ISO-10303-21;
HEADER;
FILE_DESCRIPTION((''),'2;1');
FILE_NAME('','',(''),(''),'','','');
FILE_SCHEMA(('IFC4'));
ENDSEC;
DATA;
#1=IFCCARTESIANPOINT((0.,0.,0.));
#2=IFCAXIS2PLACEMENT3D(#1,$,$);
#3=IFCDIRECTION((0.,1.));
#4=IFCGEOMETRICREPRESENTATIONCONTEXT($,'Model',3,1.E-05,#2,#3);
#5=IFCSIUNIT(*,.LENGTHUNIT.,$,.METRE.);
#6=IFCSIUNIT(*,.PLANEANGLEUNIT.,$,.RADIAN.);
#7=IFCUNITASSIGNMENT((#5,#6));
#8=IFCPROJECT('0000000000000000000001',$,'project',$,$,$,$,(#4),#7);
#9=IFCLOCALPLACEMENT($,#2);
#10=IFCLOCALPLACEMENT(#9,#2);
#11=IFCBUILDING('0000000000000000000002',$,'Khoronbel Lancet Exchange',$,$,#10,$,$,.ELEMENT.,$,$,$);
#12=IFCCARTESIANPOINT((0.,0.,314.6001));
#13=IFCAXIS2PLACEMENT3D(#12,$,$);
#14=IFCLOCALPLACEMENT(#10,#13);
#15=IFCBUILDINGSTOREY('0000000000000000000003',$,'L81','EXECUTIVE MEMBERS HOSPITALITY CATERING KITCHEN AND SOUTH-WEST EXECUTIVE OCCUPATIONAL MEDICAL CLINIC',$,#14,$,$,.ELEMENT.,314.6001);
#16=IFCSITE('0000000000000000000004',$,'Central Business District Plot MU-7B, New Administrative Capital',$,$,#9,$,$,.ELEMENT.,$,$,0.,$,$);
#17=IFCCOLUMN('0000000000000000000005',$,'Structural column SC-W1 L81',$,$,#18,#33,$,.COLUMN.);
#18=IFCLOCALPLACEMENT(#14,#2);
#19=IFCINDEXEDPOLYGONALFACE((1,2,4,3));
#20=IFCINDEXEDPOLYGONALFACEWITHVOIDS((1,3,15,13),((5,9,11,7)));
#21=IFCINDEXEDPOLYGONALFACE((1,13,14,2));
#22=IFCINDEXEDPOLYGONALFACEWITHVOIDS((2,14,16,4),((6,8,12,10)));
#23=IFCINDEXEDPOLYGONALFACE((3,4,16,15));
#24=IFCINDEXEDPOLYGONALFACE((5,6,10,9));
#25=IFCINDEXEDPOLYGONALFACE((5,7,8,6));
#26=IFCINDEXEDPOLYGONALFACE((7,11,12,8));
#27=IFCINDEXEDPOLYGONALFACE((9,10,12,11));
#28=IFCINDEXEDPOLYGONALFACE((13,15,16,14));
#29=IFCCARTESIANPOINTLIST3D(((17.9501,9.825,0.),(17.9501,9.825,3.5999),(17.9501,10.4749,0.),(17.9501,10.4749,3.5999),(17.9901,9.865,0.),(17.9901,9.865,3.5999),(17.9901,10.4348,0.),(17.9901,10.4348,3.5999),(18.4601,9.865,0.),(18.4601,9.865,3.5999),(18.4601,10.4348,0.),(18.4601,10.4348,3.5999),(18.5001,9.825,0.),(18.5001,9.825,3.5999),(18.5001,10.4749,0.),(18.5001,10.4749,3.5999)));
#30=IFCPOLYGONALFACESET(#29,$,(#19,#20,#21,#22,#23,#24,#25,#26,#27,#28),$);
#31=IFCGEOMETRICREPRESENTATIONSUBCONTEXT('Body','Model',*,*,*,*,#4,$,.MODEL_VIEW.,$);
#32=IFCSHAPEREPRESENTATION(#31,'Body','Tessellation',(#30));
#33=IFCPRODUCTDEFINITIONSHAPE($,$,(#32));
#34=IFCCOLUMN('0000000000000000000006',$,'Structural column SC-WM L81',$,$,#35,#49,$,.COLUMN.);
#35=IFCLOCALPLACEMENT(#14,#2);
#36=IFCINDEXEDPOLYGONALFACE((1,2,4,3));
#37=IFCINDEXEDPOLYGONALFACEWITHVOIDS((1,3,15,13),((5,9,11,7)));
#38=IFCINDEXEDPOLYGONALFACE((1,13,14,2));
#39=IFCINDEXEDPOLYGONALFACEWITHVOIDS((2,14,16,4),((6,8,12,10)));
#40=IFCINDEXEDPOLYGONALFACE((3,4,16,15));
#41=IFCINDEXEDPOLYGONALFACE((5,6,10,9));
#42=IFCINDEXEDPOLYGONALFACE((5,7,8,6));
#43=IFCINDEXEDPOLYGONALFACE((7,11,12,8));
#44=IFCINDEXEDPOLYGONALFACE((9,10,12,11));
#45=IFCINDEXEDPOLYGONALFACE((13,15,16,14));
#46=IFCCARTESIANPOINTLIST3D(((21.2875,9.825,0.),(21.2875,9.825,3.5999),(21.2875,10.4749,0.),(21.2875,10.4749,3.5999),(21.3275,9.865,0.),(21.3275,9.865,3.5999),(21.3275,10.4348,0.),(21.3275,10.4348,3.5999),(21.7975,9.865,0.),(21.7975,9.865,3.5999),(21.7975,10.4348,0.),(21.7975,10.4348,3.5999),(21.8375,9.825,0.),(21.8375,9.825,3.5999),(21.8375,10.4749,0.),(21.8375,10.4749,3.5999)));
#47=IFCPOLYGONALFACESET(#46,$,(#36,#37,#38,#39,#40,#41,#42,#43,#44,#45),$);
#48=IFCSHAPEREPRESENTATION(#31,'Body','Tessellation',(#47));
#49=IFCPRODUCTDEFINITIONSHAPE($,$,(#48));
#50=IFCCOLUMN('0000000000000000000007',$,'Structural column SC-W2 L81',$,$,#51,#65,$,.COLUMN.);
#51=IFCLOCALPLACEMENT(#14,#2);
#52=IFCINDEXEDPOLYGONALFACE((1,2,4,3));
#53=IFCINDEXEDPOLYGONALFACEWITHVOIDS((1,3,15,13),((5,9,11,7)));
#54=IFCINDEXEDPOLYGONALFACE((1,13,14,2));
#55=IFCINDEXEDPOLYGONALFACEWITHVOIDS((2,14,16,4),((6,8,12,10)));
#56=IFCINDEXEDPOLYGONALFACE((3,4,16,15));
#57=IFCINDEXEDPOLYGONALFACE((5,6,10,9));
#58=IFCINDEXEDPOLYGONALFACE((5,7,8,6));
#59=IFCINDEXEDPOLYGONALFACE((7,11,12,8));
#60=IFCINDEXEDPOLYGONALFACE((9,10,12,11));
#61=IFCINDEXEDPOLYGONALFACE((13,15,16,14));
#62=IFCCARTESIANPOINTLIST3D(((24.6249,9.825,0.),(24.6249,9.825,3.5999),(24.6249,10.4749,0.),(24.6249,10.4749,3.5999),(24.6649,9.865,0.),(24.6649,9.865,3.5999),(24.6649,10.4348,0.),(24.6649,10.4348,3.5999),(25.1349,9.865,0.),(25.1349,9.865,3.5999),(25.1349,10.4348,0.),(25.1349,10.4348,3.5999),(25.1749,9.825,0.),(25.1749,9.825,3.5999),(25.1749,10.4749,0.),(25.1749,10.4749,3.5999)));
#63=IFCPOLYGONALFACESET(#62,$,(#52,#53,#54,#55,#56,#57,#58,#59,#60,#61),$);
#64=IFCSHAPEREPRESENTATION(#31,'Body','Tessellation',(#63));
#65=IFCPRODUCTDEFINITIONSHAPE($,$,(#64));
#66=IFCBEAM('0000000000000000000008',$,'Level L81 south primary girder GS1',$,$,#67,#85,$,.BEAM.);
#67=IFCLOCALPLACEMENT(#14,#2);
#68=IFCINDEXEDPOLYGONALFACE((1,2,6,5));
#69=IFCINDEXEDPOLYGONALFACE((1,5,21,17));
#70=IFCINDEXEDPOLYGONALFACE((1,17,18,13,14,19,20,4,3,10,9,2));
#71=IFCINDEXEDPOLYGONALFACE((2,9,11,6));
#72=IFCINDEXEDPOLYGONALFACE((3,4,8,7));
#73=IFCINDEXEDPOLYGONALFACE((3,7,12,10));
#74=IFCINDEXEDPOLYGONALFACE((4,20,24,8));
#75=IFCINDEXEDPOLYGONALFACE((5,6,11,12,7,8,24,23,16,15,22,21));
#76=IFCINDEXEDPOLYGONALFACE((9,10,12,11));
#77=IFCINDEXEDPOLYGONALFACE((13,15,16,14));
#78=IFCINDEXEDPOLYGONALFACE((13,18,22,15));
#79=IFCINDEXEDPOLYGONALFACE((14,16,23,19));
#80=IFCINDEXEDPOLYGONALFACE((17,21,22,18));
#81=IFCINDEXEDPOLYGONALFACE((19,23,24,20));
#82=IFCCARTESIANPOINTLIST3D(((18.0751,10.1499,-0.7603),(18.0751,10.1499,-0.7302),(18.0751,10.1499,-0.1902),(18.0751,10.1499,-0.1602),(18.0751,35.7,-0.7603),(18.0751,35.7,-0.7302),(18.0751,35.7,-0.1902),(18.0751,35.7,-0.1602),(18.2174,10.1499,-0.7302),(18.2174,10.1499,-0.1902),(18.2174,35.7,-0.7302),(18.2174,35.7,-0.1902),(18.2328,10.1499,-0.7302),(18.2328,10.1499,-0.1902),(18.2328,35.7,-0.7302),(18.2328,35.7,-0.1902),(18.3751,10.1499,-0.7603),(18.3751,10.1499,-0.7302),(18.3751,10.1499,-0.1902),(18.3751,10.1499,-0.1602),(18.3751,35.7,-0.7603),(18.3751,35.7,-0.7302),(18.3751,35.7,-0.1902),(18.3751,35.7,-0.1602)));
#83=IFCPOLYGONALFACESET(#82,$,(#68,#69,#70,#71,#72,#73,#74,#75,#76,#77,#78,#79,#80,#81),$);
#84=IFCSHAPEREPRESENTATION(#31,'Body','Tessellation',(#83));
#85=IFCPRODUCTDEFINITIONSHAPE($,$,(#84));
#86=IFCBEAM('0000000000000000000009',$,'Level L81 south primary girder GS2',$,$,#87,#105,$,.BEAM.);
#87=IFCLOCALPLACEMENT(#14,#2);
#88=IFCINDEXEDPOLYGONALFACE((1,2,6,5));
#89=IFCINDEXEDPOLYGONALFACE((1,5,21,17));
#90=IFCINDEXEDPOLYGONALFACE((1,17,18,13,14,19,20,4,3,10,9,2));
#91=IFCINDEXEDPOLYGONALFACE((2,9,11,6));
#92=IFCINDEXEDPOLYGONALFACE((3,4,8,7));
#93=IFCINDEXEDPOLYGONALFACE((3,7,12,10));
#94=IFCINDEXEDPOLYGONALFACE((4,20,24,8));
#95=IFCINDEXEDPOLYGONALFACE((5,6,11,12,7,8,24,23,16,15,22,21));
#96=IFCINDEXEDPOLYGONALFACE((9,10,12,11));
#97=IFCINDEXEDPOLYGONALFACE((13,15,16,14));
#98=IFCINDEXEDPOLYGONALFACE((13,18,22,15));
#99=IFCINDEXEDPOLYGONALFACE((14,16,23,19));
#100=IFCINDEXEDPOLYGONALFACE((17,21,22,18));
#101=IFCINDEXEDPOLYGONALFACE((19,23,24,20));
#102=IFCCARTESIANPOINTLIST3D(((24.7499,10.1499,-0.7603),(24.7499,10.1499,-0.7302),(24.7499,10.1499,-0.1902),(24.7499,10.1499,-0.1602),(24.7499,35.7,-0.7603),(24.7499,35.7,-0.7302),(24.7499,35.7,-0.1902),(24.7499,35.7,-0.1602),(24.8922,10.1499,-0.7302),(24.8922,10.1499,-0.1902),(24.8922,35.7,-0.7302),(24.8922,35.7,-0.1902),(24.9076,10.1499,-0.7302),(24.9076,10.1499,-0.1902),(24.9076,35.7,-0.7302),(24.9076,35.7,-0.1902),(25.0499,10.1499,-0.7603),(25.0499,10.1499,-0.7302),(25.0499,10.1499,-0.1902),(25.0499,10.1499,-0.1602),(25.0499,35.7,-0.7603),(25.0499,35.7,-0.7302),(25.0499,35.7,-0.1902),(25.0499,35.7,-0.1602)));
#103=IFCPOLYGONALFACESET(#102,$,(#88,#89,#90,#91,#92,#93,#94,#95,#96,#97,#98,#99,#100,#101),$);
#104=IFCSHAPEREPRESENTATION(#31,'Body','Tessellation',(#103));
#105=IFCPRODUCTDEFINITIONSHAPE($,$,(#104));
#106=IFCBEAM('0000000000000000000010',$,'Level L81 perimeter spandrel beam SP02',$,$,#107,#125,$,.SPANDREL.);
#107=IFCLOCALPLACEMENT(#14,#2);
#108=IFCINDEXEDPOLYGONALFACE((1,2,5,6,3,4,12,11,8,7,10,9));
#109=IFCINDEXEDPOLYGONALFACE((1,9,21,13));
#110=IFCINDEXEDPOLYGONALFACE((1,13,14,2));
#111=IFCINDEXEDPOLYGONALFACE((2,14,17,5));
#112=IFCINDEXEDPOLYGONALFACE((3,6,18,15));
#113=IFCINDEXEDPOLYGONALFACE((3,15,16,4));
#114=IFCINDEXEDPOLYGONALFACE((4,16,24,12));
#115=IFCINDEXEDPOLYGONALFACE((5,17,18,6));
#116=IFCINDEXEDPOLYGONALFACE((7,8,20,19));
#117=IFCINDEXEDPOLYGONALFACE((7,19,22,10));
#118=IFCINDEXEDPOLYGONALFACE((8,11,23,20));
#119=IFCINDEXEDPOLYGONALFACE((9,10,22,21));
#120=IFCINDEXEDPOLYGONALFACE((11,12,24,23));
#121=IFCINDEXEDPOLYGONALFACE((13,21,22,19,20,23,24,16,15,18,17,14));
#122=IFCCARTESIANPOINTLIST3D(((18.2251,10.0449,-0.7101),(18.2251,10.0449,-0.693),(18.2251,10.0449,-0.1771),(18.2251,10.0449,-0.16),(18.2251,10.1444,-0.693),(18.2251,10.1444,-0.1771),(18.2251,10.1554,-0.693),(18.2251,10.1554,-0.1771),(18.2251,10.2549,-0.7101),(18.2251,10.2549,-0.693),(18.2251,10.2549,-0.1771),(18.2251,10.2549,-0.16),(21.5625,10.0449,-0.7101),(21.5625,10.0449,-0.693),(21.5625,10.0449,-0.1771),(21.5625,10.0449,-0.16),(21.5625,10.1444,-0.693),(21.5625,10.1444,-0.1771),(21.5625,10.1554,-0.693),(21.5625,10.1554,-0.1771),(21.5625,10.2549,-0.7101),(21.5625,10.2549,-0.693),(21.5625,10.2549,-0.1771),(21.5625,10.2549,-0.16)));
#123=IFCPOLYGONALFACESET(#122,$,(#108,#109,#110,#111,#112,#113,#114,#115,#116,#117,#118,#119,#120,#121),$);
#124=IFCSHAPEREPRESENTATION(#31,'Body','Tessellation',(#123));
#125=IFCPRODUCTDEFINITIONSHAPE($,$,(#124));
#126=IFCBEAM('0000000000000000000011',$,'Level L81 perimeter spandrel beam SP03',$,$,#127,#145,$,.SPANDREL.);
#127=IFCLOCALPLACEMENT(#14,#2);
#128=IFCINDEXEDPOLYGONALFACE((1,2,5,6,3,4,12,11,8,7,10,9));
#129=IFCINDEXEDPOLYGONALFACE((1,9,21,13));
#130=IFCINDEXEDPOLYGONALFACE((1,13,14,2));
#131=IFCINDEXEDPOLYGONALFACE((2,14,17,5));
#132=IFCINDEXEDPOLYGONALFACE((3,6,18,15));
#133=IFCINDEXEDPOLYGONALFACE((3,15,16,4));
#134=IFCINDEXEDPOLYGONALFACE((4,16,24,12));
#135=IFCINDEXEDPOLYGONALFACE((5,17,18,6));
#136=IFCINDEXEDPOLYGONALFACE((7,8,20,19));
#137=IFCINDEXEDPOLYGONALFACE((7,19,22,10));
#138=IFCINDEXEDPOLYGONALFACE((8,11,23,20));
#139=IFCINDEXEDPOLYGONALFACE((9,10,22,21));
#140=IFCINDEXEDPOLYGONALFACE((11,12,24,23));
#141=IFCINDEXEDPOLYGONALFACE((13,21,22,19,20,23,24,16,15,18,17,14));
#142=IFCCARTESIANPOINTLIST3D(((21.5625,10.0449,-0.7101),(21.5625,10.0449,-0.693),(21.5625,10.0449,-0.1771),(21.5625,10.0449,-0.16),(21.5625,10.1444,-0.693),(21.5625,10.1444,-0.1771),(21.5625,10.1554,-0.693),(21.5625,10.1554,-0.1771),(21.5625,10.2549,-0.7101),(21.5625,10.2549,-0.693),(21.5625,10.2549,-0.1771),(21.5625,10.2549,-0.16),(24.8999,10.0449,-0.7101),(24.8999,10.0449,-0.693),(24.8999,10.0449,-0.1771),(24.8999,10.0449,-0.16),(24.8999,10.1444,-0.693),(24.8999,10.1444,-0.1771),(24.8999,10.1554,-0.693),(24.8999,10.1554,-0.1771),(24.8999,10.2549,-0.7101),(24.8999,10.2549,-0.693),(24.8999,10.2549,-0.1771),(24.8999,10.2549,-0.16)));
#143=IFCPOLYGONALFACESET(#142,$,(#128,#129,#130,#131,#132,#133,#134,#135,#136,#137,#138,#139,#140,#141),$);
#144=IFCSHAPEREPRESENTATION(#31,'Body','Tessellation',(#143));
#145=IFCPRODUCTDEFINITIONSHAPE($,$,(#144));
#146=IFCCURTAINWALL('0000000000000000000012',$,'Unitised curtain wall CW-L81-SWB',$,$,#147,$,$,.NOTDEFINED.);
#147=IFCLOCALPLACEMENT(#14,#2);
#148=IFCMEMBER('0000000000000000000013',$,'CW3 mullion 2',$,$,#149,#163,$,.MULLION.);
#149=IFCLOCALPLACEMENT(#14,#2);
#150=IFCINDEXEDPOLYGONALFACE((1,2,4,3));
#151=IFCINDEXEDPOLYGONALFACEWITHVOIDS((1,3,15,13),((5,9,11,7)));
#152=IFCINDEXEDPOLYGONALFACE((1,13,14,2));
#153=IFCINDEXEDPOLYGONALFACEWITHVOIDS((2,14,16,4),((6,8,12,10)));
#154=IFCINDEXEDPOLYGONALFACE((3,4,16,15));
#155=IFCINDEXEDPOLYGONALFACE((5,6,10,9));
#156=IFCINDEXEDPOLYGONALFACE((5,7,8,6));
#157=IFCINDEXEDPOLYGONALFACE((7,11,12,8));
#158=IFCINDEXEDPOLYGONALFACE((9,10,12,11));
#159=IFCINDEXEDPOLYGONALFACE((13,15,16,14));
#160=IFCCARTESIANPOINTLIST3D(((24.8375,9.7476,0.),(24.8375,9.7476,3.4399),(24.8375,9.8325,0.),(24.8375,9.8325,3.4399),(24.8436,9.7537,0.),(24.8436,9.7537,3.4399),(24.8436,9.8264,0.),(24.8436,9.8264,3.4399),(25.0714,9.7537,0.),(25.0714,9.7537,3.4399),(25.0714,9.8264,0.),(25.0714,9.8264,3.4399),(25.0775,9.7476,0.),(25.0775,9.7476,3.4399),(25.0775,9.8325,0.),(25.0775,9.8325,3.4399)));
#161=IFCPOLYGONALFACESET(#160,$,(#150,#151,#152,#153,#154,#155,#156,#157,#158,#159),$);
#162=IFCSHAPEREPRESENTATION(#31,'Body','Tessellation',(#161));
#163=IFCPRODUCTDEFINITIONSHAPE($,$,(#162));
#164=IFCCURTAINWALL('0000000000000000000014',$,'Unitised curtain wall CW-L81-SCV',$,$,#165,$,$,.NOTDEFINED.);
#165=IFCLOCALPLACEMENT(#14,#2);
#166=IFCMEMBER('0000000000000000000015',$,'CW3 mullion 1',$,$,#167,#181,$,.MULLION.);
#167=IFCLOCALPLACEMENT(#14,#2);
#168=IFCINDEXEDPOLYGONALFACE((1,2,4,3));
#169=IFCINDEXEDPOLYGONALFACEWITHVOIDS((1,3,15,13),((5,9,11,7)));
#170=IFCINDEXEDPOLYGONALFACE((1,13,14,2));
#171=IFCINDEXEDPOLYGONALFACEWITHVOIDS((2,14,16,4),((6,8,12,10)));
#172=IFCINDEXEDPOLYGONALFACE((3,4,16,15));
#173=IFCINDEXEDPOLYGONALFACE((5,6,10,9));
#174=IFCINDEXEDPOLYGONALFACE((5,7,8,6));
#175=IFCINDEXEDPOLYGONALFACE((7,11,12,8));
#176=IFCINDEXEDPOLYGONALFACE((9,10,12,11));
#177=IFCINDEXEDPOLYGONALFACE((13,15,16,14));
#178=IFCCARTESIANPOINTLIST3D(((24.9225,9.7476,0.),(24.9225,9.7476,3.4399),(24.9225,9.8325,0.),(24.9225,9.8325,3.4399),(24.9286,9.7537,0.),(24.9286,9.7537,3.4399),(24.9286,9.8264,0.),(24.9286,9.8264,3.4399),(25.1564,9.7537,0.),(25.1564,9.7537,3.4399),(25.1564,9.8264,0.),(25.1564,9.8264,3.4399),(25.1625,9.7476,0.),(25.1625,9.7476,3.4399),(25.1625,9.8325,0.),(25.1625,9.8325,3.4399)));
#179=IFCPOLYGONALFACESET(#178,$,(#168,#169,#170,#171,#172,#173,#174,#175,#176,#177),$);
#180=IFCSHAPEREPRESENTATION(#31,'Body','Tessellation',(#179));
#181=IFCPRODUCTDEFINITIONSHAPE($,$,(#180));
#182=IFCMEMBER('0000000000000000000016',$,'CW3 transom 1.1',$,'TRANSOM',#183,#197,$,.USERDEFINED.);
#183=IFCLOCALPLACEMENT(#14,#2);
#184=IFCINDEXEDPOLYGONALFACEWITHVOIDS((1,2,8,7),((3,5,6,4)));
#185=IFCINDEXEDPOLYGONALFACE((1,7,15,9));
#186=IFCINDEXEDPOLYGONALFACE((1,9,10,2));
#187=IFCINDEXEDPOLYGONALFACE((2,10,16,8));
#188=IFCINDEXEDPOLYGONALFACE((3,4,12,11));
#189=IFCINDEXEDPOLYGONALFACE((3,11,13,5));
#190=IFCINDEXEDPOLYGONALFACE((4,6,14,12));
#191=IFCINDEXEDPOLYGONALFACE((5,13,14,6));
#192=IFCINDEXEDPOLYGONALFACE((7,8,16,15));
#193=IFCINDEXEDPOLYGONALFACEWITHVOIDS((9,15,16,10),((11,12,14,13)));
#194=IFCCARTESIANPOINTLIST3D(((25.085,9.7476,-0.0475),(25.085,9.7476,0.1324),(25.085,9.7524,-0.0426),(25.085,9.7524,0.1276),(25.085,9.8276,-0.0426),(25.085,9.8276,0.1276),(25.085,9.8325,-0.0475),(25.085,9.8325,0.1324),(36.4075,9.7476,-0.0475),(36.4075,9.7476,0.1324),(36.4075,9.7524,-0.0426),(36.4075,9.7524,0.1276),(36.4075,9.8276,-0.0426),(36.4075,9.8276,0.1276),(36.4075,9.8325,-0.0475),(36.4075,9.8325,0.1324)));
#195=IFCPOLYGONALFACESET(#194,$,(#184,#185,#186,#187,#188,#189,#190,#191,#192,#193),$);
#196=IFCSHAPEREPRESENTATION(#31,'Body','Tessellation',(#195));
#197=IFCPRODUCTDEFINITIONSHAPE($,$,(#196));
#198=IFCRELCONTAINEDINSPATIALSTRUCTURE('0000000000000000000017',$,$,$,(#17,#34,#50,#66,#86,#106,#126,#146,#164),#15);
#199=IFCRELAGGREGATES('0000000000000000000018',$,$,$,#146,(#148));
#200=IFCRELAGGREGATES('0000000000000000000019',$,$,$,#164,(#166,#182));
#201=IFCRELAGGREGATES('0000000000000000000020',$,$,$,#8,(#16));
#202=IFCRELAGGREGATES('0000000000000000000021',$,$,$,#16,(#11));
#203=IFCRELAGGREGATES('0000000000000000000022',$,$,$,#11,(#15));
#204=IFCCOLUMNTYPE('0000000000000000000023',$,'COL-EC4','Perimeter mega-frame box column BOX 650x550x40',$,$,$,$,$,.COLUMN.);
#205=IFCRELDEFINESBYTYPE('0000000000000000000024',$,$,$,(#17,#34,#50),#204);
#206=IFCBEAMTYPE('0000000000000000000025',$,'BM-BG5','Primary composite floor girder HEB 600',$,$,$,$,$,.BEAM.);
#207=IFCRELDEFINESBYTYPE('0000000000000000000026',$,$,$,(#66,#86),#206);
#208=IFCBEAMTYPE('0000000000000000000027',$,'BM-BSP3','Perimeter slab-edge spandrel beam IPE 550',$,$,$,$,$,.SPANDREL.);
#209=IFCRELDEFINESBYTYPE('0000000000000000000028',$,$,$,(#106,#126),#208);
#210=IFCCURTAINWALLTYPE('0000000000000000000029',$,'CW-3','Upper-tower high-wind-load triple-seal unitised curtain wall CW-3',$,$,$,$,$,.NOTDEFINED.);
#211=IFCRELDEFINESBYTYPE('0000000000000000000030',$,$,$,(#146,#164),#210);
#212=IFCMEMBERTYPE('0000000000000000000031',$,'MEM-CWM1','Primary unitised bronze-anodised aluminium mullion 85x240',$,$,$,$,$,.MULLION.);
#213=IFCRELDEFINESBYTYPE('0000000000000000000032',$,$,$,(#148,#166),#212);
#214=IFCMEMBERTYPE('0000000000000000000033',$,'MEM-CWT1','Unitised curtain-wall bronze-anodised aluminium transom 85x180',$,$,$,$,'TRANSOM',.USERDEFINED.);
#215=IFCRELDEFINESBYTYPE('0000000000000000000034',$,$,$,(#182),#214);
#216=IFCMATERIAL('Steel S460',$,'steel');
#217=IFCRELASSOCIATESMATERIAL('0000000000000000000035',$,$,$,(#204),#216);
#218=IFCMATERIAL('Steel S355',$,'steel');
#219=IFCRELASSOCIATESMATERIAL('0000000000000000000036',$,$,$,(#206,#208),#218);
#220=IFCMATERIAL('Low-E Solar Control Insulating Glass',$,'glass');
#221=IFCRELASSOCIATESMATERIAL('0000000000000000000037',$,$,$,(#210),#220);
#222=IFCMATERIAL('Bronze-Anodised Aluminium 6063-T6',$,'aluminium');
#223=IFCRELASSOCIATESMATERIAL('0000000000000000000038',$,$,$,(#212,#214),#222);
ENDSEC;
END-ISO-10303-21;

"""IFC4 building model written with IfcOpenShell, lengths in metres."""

from ifc_helpers import new_model, si_unit, direction, frame, origin, origin_2d, place, context, subcontext, project, spatial, hollow_rectangle, i_section, extrude, material, material_profile, profile_set, type_object, element, aggregate, save


model = new_model("IFC4")

# Units and contexts
model_context = context("Model", 3, precision=1e-05, world=origin(), true_north=direction((0.0, 1.0)))
body_context = subcontext(model_context, "Body", "Model", "MODEL_VIEW")
ifc_project = project(units=[si_unit("LENGTHUNIT", "METRE"), si_unit("PLANEANGLEUNIT", "RADIAN")], contexts=[model_context])

# Site, building, storey
site_placement = place(None, origin())
site = spatial("IfcSite", under=ifc_project, at=site_placement, Name="Central Business District Plot MU-7B, New Administrative Capital", CompositionType="ELEMENT", RefElevation=0.0)
building_placement = place(site_placement, origin())
building = spatial("IfcBuilding", under=site, at=building_placement, Name="Khoronbel Lancet Exchange", CompositionType="ELEMENT")
storey_placement = place(building_placement, frame((0.0, 0.0, 314.6001)))
storey = spatial("IfcBuildingStorey", under=building, at=storey_placement, Name="L81", Description="EXECUTIVE MEMBERS HOSPITALITY CATERING KITCHEN AND SOUTH-WEST EXECUTIVE OCCUPATIONAL MEDICAL CLINIC", CompositionType="ELEMENT", Elevation=314.6001)

# Columns
ifc_material_1 = material(Name="Steel S460", Category="steel")
ifc_material_profile_1 = material_profile(ifc_material_1, hollow_rectangle(XDim=0.55, YDim=0.6499, WallThickness=0.04, at=origin_2d()), Name="BOX 650x550x40")
ifc_profile_set_1 = profile_set([ifc_material_profile_1], Name="Steel S460")
column_type = type_object("IfcColumnType", Name="COL-EC4", Description="Perimeter mega-frame box column BOX 650x550x40", PredefinedType="COLUMN", material=ifc_profile_set_1)
for number, where, z_axis, x_axis, name in (
    (1, (18.2251, 10.1499, 0.0), (0.0, 0.0, 1.0), (1.0, 0.0, 0.0), "Structural column SC-W1 L81"),
    (2, (21.5625, 10.1499, 0.0), (0.0, 0.0, 1.0), (1.0, 0.0, 0.0), "Structural column SC-WM L81"),
    (3, (24.8999, 10.1499, 0.0), (0.0, 0.0, 1.0), (1.0, 0.0, 0.0), "Structural column SC-W2 L81"),
):
    element("IfcColumn", number, at=place(storey_placement, frame(where, z_axis=z_axis, x_axis=x_axis)), inside=storey, type_object=column_type, Name=name, PredefinedType="COLUMN", context=body_context, shape_type="SweptSolid", body=[
        extrude(hollow_rectangle(XDim=0.55, YDim=0.6499, WallThickness=0.04, at=origin_2d()), origin(), (0.0, 0.0, 1.0), 3.5999),
    ])

# Beams
ifc_material_2 = material(Name="Steel S355", Category="steel")
ifc_material_profile_2 = material_profile(ifc_material_2, i_section(OverallWidth=0.3, OverallDepth=0.6001, WebThickness=0.0154, FlangeThickness=0.03, at=origin_2d()), Name="HEB 600")
ifc_profile_set_2 = profile_set([ifc_material_profile_2], Name="Steel S355")
beam_type_1 = type_object("IfcBeamType", Name="BM-BG5", Description="Primary composite floor girder HEB 600", PredefinedType="BEAM", material=ifc_profile_set_2)
for number, where, z_axis, x_axis, name in (
    (4, (18.2251, 10.1499, -0.4602), (0.0, 1.0, 0.0), (-1.0, 0.0, 0.0), "Level L81 south primary girder GS1"),
    (5, (24.8999, 10.1499, -0.4602), (0.0, 1.0, 0.0), (-1.0, 0.0, 0.0), "Level L81 south primary girder GS2"),
):
    element("IfcBeam", number, at=place(storey_placement, frame(where, z_axis=z_axis, x_axis=x_axis)), inside=storey, type_object=beam_type_1, Name=name, PredefinedType="BEAM", context=body_context, shape_type="SweptSolid", body=[
        extrude(i_section(OverallWidth=0.3, OverallDepth=0.6001, WebThickness=0.0154, FlangeThickness=0.03, at=origin_2d()), origin(), (0.0, 0.0, 1.0), 25.55),
    ])
ifc_material_profile_3 = material_profile(ifc_material_2, i_section(OverallWidth=0.21, OverallDepth=0.55, WebThickness=0.011, FlangeThickness=0.0171, at=origin_2d()), Name="IPE 550")
ifc_profile_set_3 = profile_set([ifc_material_profile_3], Name="Steel S355")
beam_type_2 = type_object("IfcBeamType", Name="BM-BSP3", Description="Perimeter slab-edge spandrel beam IPE 550", PredefinedType="SPANDREL", material=ifc_profile_set_3)
for number, where, z_axis, x_axis, name in (
    (6, (18.2251, 10.1499, -0.4351), (1.0, 0.0, 0.0), (0.0, 1.0, 0.0), "Level L81 perimeter spandrel beam SP02"),
    (7, (21.5625, 10.1499, -0.4351), (1.0, 0.0, 0.0), (0.0, 1.0, 0.0), "Level L81 perimeter spandrel beam SP03"),
):
    element("IfcBeam", number, at=place(storey_placement, frame(where, z_axis=z_axis, x_axis=x_axis)), inside=storey, type_object=beam_type_2, Name=name, PredefinedType="SPANDREL", context=body_context, shape_type="SweptSolid", body=[
        extrude(i_section(OverallWidth=0.21, OverallDepth=0.55, WebThickness=0.011, FlangeThickness=0.0171, at=origin_2d()), origin(), (0.0, 0.0, 1.0), 3.3374),
    ])

# Curtain wall, member
ifc_material_3 = material(Name="Low-E Solar Control Insulating Glass", Category="glass")
curtain_wall_type = type_object("IfcCurtainWallType", Name="CW-3", Description="Upper-tower high-wind-load triple-seal unitised curtain wall CW-3", PredefinedType="NOTDEFINED", material=ifc_material_3)
curtain_wall_1_placement = place(storey_placement, origin())
curtain_wall_1 = element("IfcCurtainWall", 8, at=curtain_wall_1_placement, inside=storey, type_object=curtain_wall_type, Name="Unitised curtain wall CW-L81-SWB", PredefinedType="NOTDEFINED")
ifc_material_4 = material(Name="Bronze-Anodised Aluminium 6063-T6", Category="aluminium")
ifc_material_profile_4 = material_profile(ifc_material_4, hollow_rectangle(XDim=0.085, YDim=0.24, WallThickness=0.0061, at=origin_2d()), Name="ALU MULLION 85x240")
ifc_profile_set_4 = profile_set([ifc_material_profile_4], Name="Bronze-Anodised Aluminium 6063-T6")
member_type_1 = type_object("IfcMemberType", Name="MEM-CWM1", Description="Primary unitised bronze-anodised aluminium mullion 85x240", PredefinedType="MULLION", material=ifc_profile_set_4)
member_1_placement = place(storey_placement, frame((24.9575, 9.79, 0.0), z_axis=(0.0, 0.0, 1.0), x_axis=(0.0, 1.0, 0.0)))
member_1 = element("IfcMember", 9, at=member_1_placement, type_object=member_type_1, Name="CW3 mullion 2", PredefinedType="MULLION", context=body_context, shape_type="SweptSolid", body=[
    extrude(hollow_rectangle(XDim=0.085, YDim=0.24, WallThickness=0.0061, at=origin_2d()), origin(), (0.0, 0.0, 1.0), 3.4399),
])

# Curtain wall, members
curtain_wall_2_placement = place(storey_placement, origin())
curtain_wall_2 = element("IfcCurtainWall", 10, at=curtain_wall_2_placement, inside=storey, type_object=curtain_wall_type, Name="Unitised curtain wall CW-L81-SCV", PredefinedType="NOTDEFINED")
member_2_placement = place(storey_placement, frame((25.0425, 9.79, 0.0), z_axis=(0.0, 0.0, 1.0), x_axis=(0.0, 1.0, 0.0)))
member_2 = element("IfcMember", 11, at=member_2_placement, type_object=member_type_1, Name="CW3 mullion 1", PredefinedType="MULLION", context=body_context, shape_type="SweptSolid", body=[
    extrude(hollow_rectangle(XDim=0.085, YDim=0.24, WallThickness=0.0061, at=origin_2d()), origin(), (0.0, 0.0, 1.0), 3.4399),
])
ifc_material_profile_5 = material_profile(ifc_material_4, hollow_rectangle(XDim=0.085, YDim=0.1799, WallThickness=0.0049, at=origin_2d()), Name="ALU TRANSOM 85x180")
ifc_profile_set_5 = profile_set([ifc_material_profile_5], Name="Bronze-Anodised Aluminium 6063-T6")
member_type_2 = type_object("IfcMemberType", Name="MEM-CWT1", Description="Unitised curtain-wall bronze-anodised aluminium transom 85x180", ElementType="TRANSOM", PredefinedType="USERDEFINED", material=ifc_profile_set_5)
member_3_placement = place(storey_placement, frame((25.085, 9.79, 0.0425), z_axis=(1.0, 0.0, 0.0), x_axis=(0.0, 1.0, 0.0)))
member_3 = element("IfcMember", 12, at=member_3_placement, type_object=member_type_2, Name="CW3 transom 1.1", ObjectType="TRANSOM", PredefinedType="USERDEFINED", context=body_context, shape_type="SweptSolid", body=[
    extrude(hollow_rectangle(XDim=0.085, YDim=0.1799, WallThickness=0.0049, at=origin_2d()), origin(), (0.0, 0.0, 1.0), 11.3225),
])

aggregate(curtain_wall_1, [member_1])
aggregate(curtain_wall_2, [member_2, member_3])

save(model, "model.ifc")
